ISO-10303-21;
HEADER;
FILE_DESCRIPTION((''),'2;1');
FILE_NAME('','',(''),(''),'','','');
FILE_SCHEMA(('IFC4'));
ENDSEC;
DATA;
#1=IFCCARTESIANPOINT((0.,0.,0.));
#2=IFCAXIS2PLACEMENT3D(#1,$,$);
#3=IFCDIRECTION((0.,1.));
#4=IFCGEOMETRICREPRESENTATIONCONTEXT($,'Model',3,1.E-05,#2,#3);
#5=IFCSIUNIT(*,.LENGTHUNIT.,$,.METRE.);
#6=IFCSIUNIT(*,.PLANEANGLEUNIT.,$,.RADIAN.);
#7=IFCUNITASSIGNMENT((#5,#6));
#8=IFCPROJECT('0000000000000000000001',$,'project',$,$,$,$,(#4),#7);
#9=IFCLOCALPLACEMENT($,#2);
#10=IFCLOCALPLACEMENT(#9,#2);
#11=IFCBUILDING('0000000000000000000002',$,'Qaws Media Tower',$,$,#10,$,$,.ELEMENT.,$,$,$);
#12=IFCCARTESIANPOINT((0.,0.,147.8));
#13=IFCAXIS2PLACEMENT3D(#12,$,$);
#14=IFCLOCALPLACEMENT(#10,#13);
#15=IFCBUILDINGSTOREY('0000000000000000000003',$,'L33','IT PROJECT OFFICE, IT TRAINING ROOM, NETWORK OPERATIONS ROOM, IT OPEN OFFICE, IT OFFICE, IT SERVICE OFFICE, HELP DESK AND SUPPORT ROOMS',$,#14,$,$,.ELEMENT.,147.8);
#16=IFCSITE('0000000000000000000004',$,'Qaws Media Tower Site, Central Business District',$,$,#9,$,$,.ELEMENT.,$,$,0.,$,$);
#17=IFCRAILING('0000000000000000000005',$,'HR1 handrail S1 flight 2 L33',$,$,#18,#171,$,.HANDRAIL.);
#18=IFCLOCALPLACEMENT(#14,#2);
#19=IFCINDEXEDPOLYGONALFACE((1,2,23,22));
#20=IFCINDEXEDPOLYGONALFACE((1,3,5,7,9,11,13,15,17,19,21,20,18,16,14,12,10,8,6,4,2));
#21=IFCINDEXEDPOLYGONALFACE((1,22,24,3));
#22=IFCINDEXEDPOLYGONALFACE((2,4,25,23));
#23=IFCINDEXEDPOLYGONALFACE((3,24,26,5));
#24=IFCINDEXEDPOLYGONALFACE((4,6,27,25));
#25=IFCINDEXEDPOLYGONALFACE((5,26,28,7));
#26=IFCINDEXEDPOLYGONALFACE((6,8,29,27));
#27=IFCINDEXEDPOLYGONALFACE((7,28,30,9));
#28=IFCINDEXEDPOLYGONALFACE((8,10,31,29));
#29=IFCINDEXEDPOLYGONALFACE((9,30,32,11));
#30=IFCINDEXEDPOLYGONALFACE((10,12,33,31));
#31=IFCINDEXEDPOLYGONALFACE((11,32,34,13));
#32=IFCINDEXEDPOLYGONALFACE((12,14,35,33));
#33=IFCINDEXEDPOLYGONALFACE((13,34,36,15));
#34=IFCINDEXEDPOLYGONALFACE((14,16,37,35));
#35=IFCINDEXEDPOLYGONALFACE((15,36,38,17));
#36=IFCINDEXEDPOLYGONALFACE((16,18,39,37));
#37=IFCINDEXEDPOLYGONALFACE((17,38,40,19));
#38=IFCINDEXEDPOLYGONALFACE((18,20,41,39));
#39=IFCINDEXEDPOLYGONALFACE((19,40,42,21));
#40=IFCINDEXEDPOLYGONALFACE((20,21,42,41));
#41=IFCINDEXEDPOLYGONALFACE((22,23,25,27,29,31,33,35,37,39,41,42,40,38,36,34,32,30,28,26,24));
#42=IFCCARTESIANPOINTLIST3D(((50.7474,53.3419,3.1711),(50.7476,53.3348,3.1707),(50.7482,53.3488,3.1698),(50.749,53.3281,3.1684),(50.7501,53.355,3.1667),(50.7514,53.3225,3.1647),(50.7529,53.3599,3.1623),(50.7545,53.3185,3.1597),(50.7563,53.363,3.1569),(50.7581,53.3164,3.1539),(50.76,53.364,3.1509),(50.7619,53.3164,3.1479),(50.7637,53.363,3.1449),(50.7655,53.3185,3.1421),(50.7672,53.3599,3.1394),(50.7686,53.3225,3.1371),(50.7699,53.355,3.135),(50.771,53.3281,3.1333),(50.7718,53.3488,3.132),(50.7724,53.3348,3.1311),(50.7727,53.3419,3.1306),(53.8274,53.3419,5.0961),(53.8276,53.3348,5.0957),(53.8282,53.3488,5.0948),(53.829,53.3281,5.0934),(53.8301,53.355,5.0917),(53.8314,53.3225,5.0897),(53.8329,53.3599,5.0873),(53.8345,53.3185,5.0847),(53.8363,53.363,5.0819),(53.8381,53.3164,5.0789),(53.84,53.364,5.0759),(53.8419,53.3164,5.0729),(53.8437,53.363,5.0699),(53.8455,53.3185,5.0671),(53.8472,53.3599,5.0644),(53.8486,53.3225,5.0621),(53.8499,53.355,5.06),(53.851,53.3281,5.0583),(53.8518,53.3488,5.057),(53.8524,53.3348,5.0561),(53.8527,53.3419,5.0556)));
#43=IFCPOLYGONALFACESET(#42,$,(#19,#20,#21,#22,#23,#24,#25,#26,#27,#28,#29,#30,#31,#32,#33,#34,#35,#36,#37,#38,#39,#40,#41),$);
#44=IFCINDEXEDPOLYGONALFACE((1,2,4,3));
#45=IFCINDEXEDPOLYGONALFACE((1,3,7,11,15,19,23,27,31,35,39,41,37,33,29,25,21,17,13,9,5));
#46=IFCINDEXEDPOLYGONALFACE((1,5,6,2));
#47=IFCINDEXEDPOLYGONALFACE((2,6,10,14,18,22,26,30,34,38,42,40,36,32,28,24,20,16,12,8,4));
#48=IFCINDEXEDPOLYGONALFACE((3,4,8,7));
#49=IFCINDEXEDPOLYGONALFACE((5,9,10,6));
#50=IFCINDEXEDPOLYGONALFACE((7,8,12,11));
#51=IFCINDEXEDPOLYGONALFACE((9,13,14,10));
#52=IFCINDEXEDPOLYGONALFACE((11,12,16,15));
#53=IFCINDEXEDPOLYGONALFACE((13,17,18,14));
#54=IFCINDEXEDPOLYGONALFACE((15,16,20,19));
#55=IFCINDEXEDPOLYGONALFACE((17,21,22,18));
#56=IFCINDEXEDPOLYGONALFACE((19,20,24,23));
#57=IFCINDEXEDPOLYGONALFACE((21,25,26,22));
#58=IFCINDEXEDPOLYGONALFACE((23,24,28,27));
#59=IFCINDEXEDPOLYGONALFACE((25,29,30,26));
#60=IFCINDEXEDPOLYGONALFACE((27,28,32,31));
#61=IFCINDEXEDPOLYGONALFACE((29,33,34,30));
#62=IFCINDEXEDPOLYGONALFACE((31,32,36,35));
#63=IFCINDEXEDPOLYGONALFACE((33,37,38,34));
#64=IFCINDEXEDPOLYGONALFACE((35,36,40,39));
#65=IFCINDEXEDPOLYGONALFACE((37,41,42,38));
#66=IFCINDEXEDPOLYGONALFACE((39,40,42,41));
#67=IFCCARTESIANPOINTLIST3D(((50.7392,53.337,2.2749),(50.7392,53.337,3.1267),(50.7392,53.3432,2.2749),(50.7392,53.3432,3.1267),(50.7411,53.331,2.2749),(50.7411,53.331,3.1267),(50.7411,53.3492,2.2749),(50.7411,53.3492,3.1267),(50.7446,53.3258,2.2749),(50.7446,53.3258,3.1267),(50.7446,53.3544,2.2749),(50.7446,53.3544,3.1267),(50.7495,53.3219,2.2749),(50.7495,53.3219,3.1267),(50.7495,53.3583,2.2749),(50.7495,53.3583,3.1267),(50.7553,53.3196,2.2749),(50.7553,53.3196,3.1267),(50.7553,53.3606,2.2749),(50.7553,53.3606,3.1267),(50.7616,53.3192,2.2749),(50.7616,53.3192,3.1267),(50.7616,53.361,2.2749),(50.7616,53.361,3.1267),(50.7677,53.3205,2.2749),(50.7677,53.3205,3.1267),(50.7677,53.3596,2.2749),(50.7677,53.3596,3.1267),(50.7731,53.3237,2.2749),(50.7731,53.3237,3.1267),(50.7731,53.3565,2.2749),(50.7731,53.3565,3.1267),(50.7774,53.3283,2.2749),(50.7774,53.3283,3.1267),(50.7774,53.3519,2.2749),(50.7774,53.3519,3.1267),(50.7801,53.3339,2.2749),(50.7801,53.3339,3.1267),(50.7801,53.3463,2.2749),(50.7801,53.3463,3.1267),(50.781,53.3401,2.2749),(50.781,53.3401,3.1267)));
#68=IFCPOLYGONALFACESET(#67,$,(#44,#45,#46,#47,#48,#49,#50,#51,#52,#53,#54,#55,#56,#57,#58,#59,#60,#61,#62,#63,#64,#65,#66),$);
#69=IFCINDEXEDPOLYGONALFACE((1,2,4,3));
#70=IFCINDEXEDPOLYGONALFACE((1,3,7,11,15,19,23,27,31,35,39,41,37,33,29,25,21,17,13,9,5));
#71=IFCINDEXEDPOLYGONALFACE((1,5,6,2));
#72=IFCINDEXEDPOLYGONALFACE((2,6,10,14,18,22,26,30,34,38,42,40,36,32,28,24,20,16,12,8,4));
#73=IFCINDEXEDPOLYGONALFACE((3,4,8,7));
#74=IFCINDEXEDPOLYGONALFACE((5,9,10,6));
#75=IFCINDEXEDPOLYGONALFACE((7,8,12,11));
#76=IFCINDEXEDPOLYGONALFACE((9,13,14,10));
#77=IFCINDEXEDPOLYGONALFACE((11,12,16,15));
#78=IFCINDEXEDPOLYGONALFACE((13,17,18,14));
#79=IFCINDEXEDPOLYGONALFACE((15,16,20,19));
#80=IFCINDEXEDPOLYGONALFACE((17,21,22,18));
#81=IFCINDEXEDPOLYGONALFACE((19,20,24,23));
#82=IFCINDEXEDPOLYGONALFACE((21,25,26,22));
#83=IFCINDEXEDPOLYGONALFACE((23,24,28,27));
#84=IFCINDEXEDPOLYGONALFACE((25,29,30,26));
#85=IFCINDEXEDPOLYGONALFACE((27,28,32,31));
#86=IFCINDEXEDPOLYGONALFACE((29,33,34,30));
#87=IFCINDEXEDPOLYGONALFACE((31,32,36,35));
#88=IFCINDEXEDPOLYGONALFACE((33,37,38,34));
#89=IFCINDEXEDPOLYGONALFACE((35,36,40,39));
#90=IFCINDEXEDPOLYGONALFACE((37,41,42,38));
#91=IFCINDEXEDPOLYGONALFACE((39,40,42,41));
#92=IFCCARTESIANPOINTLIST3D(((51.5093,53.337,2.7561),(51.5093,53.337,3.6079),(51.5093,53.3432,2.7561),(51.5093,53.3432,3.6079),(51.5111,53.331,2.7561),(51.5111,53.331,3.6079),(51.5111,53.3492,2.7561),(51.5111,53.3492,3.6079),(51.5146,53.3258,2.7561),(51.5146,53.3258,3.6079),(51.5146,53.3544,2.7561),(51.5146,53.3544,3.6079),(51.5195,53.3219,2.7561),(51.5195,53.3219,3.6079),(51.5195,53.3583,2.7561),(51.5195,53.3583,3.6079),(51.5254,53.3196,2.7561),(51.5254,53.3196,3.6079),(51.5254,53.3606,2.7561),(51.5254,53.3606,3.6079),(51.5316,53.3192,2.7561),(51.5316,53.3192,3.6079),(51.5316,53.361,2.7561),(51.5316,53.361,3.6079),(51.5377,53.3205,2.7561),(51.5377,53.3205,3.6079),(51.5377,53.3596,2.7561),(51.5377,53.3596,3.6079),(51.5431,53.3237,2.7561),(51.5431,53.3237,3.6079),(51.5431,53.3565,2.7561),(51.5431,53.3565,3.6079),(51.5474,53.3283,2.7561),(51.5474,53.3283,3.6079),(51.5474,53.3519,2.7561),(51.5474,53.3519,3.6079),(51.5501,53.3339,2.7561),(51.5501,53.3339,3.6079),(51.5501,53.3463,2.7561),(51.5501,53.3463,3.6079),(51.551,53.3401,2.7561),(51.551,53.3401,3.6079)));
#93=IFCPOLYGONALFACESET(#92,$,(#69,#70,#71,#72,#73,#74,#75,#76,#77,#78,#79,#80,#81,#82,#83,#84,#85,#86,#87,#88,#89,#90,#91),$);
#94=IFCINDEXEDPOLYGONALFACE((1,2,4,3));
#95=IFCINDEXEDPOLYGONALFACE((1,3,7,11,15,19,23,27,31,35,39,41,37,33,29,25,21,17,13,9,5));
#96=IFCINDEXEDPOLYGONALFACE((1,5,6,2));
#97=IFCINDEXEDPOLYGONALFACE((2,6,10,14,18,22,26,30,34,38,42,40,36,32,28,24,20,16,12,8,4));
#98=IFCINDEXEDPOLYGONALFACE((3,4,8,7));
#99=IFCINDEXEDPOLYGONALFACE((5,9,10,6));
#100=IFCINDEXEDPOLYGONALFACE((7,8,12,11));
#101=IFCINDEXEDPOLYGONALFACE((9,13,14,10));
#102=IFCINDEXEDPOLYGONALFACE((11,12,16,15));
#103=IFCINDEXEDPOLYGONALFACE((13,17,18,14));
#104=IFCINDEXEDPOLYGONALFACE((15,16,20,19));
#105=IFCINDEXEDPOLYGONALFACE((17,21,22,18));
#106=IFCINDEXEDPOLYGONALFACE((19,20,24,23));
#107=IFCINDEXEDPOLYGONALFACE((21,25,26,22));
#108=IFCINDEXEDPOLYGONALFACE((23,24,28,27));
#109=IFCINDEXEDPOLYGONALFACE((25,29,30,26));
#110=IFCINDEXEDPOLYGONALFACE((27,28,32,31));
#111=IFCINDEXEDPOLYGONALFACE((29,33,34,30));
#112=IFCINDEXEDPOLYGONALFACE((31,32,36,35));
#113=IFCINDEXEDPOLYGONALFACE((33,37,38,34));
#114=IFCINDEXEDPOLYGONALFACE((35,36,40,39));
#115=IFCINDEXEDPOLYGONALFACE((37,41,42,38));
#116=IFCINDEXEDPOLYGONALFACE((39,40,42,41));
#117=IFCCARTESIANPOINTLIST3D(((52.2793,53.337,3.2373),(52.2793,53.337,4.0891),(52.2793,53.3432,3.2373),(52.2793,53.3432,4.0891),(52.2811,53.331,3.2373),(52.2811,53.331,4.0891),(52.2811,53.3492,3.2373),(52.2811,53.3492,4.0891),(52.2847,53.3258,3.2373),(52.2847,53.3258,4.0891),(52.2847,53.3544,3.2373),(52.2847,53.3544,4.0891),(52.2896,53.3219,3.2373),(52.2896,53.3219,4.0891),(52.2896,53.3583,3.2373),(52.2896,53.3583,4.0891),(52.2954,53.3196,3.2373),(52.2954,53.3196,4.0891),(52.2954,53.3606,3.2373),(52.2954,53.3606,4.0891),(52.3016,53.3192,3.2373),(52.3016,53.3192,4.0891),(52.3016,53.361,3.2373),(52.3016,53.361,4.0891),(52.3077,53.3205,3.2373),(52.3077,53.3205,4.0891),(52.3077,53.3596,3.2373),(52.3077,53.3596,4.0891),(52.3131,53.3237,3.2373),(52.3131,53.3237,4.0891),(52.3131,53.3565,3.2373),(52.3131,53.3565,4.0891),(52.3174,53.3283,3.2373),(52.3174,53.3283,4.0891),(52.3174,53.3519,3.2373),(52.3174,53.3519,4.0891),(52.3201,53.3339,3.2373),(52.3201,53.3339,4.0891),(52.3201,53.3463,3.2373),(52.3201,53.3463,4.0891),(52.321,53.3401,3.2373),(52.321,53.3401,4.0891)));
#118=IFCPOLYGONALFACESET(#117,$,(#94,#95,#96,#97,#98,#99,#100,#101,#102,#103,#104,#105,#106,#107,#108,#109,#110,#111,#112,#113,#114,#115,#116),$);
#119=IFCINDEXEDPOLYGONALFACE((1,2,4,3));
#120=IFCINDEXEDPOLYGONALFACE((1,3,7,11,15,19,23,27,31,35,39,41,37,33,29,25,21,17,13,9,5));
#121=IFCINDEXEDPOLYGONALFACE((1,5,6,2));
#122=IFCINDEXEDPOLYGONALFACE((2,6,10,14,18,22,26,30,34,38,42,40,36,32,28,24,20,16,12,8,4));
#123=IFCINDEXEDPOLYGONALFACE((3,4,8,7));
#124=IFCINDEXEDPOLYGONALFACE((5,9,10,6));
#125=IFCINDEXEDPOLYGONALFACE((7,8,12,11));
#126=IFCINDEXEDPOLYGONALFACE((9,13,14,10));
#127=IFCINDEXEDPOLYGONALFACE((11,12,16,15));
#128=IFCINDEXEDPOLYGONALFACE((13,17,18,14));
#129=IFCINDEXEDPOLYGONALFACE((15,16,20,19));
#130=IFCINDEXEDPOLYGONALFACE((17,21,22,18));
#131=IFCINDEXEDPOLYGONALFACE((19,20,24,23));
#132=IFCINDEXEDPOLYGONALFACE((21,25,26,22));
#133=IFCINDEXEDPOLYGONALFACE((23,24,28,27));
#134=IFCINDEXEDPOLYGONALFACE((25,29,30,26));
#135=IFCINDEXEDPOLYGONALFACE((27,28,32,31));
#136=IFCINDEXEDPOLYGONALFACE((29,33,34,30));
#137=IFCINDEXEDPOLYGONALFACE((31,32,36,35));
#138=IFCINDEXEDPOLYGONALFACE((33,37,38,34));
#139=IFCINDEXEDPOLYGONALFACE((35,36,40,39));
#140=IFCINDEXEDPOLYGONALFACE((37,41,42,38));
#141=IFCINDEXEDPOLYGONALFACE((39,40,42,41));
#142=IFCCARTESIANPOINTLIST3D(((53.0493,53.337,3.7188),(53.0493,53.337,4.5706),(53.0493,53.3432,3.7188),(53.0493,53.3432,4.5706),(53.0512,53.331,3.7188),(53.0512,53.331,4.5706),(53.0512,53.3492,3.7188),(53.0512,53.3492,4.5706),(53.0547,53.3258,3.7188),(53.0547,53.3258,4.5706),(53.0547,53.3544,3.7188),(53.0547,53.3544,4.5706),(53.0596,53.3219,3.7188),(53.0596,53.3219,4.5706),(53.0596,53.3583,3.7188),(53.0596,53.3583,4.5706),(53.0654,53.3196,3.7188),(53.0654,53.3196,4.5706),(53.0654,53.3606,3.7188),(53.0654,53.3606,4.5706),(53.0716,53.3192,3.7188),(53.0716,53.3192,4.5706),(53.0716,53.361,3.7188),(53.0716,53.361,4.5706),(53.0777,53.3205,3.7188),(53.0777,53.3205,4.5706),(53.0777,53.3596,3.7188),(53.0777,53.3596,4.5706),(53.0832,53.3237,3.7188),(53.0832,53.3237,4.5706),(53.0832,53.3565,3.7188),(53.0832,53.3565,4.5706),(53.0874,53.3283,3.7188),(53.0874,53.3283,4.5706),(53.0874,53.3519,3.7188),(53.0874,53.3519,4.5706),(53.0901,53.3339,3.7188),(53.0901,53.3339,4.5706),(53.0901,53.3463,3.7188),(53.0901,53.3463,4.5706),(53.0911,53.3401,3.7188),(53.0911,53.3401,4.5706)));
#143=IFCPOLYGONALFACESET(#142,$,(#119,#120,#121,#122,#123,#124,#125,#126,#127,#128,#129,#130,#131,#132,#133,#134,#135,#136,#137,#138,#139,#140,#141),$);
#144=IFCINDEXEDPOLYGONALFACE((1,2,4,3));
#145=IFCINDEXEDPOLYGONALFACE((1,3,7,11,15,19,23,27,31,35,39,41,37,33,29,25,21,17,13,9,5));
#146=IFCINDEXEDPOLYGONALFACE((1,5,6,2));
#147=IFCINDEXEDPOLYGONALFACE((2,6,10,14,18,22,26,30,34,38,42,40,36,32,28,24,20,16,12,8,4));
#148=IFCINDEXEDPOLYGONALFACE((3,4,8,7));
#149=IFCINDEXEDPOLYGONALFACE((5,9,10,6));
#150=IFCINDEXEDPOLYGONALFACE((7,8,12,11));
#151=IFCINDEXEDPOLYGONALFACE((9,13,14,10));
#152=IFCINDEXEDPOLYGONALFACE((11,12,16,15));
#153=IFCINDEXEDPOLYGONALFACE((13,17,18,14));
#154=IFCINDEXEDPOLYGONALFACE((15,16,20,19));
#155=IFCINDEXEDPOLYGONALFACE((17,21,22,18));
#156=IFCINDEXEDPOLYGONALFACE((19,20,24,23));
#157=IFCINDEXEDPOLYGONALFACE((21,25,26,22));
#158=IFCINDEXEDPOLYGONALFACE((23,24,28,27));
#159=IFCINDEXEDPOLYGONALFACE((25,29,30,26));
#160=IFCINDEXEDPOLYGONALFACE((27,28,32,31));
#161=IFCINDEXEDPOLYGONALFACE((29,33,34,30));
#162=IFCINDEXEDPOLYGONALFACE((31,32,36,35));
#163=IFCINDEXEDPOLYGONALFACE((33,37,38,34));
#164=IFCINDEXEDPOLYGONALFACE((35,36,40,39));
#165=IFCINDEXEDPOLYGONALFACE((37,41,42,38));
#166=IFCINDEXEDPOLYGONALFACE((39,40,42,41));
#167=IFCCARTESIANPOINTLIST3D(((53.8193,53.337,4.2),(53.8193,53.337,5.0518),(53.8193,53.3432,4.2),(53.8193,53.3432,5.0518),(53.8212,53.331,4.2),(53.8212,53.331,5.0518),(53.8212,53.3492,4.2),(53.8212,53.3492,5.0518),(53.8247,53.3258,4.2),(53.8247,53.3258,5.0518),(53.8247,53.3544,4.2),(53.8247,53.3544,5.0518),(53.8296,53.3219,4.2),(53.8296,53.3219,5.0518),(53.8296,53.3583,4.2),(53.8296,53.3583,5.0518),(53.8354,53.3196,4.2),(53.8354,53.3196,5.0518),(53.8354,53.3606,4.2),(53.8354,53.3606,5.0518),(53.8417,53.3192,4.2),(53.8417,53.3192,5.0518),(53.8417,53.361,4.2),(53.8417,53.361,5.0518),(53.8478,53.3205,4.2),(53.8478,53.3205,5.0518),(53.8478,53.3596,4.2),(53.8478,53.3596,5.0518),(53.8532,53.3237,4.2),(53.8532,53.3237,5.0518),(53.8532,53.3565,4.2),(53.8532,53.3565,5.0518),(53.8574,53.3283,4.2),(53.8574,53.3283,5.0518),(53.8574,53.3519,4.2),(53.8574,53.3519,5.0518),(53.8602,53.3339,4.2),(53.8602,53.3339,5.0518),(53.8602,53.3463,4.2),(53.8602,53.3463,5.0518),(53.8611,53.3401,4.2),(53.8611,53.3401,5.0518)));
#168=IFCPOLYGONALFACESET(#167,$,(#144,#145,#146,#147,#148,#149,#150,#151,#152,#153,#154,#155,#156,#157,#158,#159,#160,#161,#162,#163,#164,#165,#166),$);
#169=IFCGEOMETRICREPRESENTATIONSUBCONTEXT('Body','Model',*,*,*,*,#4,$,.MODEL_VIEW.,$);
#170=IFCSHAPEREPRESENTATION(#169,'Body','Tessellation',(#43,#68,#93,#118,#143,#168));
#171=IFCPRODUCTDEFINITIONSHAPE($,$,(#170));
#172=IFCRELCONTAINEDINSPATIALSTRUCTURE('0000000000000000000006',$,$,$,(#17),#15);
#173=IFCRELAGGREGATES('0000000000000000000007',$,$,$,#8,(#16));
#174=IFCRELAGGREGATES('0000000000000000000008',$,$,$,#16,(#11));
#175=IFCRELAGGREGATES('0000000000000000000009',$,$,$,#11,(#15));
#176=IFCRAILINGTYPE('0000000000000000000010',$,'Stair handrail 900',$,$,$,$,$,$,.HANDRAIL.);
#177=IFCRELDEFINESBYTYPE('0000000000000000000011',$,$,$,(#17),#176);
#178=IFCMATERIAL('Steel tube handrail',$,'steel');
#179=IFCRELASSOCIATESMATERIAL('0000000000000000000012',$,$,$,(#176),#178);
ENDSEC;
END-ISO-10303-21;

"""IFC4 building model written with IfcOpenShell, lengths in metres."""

from ifc_helpers import new_model, si_unit, direction, frame, origin, origin_2d, place, context, subcontext, project, spatial, circle, extrude, material, type_object, element, save


model = new_model("IFC4")

# Units and contexts
model_context = context("Model", 3, precision=1e-05, world=origin(), true_north=direction((0.0, 1.0)))
body_context = subcontext(model_context, "Body", "Model", "MODEL_VIEW")
ifc_project = project(units=[si_unit("LENGTHUNIT", "METRE"), si_unit("PLANEANGLEUNIT", "RADIAN")], contexts=[model_context])

# Site, building, storey
site_placement = place(None, origin())
site = spatial("IfcSite", under=ifc_project, at=site_placement, Name="Qaws Media Tower Site, Central Business District", CompositionType="ELEMENT", RefElevation=0.0)
building_placement = place(site_placement, origin())
building = spatial("IfcBuilding", under=site, at=building_placement, Name="Qaws Media Tower", CompositionType="ELEMENT")
storey_placement = place(building_placement, frame((0.0, 0.0, 147.8)))
storey = spatial("IfcBuildingStorey", under=building, at=storey_placement, Name="L33", Description="IT PROJECT OFFICE, IT TRAINING ROOM, NETWORK OPERATIONS ROOM, IT OPEN OFFICE, IT OFFICE, IT SERVICE OFFICE, HELP DESK AND SUPPORT ROOMS", CompositionType="ELEMENT", Elevation=147.8)

# Railing
ifc_material_1 = material(Name="Steel tube handrail", Category="steel")
railing_type = type_object("IfcRailingType", Name="Stair handrail 900", PredefinedType="HANDRAIL", material=ifc_material_1)
for number, where, name in (
    (1, (50.76, 53.3401, 2.2749), "HR1 handrail S1 flight 2 L33"),
):
    element("IfcRailing", number, at=place(storey_placement, frame(where)), inside=storey, type_object=railing_type, Name=name, PredefinedType="HANDRAIL", context=body_context, shape_type="SweptSolid", body=[
        extrude(circle(Radius=0.0239, at=origin_2d()), frame((0.0, 0.0, 0.876), z_axis=(0.847998, 0.0, 0.529999), x_axis=(0.0, 1.0, 0.0)), (0.0, 0.0, 1.0), 3.6321),
        extrude(circle(Radius=0.021, at=origin_2d()), origin(), (0.0, 0.0, 1.0), 0.8518),
        extrude(circle(Radius=0.021, at=origin_2d()), frame((0.77, 0.0, 0.4812)), (0.0, 0.0, 1.0), 0.8518),
        extrude(circle(Radius=0.021, at=origin_2d()), frame((1.54, 0.0, 0.9624)), (0.0, 0.0, 1.0), 0.8518),
        extrude(circle(Radius=0.021, at=origin_2d()), frame((2.3101, 0.0, 1.4438)), (0.0, 0.0, 1.0), 0.8518),
        extrude(circle(Radius=0.021, at=origin_2d()), frame((3.0801, 0.0, 1.925)), (0.0, 0.0, 1.0), 0.8518),
    ])

save(model, "model.ifc")
